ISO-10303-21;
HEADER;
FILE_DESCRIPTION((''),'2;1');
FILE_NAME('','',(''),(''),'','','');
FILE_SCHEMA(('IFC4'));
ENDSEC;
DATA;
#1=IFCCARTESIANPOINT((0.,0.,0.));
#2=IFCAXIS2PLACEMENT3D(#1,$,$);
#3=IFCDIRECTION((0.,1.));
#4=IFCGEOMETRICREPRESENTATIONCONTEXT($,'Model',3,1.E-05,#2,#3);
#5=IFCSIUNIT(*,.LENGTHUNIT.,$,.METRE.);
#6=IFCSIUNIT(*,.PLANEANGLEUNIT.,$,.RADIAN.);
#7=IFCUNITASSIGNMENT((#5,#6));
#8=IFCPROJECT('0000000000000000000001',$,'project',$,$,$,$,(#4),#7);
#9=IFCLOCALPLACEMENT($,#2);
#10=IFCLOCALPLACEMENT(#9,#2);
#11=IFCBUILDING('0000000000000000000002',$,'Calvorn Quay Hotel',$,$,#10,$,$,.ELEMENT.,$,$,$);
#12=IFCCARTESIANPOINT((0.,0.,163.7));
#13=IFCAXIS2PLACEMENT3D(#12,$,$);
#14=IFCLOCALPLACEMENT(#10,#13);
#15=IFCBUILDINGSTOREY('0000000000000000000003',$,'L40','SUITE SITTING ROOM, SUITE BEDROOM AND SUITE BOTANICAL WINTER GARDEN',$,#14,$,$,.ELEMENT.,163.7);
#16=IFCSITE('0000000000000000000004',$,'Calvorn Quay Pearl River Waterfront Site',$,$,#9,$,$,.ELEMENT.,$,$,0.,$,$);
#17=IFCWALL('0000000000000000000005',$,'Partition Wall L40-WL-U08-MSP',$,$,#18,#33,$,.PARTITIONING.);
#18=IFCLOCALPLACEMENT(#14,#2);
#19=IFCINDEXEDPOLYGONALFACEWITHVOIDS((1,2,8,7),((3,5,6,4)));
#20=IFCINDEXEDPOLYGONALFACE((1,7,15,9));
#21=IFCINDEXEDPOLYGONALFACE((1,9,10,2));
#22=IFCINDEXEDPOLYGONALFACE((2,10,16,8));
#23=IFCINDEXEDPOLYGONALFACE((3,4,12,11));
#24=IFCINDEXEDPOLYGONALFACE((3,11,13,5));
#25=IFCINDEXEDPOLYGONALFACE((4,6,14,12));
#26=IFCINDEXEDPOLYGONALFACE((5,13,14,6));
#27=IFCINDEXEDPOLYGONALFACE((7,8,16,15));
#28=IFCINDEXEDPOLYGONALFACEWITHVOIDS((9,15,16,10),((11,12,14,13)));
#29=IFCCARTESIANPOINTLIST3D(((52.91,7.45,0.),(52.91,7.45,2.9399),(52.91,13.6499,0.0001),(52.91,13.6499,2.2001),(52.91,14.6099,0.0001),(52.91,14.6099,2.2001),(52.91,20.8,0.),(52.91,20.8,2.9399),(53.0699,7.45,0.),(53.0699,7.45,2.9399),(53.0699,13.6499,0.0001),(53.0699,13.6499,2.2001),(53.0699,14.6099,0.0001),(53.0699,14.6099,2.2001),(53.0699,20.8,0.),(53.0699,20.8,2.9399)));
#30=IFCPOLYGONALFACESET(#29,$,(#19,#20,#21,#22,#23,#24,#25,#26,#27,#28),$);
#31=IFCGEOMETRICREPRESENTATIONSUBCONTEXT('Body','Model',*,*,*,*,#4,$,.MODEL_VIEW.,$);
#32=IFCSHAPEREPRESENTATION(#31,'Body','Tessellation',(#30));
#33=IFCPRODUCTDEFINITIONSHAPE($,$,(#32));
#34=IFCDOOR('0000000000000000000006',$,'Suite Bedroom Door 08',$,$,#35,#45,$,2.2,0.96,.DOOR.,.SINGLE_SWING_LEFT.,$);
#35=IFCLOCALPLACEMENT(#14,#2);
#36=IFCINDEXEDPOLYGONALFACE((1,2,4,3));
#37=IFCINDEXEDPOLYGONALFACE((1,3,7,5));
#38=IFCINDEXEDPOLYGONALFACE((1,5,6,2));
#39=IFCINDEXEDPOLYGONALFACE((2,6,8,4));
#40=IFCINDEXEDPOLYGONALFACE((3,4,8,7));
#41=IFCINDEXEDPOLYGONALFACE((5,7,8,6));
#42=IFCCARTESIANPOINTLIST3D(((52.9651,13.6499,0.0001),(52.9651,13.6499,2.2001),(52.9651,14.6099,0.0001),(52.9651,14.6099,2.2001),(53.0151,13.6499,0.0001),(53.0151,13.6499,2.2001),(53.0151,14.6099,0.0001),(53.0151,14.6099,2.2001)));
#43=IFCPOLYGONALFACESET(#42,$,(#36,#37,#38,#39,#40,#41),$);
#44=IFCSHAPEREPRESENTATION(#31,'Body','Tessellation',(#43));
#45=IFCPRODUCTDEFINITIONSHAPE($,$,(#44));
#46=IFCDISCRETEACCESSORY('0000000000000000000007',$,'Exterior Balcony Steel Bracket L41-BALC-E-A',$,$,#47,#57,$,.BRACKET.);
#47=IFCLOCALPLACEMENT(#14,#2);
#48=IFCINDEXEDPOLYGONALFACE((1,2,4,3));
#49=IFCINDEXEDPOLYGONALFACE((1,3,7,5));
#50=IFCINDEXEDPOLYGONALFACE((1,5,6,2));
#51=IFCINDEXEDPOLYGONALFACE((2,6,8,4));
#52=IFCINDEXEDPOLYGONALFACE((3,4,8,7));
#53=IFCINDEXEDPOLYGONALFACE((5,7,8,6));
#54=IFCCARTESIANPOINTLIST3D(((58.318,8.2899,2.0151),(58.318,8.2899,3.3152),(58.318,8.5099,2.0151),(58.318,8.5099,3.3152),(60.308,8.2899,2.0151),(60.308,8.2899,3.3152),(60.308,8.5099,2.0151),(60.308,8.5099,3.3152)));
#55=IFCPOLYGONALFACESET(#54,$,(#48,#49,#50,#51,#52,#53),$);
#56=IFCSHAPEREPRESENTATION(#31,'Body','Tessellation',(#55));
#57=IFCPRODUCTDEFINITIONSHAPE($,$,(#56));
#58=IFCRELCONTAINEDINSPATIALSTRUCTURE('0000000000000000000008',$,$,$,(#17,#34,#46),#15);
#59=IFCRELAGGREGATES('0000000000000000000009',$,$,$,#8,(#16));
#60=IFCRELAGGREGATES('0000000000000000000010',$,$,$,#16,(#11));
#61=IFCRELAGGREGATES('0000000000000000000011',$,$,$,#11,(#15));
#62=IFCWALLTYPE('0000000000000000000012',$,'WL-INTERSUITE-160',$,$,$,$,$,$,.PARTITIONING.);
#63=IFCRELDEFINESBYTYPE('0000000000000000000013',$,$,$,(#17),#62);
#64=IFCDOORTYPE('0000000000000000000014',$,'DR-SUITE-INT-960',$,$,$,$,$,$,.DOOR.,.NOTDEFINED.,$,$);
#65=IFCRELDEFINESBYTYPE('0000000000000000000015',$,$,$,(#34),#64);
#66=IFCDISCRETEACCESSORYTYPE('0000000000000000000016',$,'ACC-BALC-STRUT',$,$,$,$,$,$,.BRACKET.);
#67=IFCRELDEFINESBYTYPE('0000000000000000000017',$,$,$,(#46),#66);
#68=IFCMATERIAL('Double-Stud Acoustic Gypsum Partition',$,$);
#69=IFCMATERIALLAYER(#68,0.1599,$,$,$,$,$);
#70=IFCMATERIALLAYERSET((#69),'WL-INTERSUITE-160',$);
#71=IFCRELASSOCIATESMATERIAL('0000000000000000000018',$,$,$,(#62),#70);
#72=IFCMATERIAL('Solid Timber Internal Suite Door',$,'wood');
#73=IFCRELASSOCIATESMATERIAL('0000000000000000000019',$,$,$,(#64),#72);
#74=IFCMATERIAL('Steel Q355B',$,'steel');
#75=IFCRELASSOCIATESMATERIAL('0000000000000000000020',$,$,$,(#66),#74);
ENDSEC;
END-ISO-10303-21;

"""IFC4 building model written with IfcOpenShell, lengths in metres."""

from ifc_helpers import new_model, si_unit, direction, frame, frame_2d, origin, origin_2d, place, context, subcontext, project, spatial, rectangle, extrude, material, layer, layer_set, type_object, element, fill, save


model = new_model("IFC4")

# Units and contexts
model_context = context("Model", 3, precision=1e-05, world=origin(), true_north=direction((0.0, 1.0)))
body_context = subcontext(model_context, "Body", "Model", "MODEL_VIEW")
ifc_project = project(units=[si_unit("LENGTHUNIT", "METRE"), si_unit("PLANEANGLEUNIT", "RADIAN")], contexts=[model_context])

# Site, building, storey
site_placement = place(None, origin())
site = spatial("IfcSite", under=ifc_project, at=site_placement, Name="Calvorn Quay Pearl River Waterfront Site", CompositionType="ELEMENT", RefElevation=0.0)
building_placement = place(site_placement, origin())
building = spatial("IfcBuilding", under=site, at=building_placement, Name="Calvorn Quay Hotel", CompositionType="ELEMENT")
storey_placement = place(building_placement, frame((0.0, 0.0, 163.7)))
storey = spatial("IfcBuildingStorey", under=building, at=storey_placement, Name="L40", Description="SUITE SITTING ROOM, SUITE BEDROOM AND SUITE BOTANICAL WINTER GARDEN", CompositionType="ELEMENT", Elevation=163.7)

# Wall, opening, door
ifc_material_1 = material(Name="Double-Stud Acoustic Gypsum Partition")
ifc_layer_1 = layer(ifc_material_1, 0.1599)
ifc_layer_set_1 = layer_set([ifc_layer_1], Name="WL-INTERSUITE-160")
wall_type_1 = type_object("IfcWallType", Name="WL-INTERSUITE-160", PredefinedType="PARTITIONING", material=ifc_layer_set_1)
wall_1_placement = place(storey_placement, frame((52.99, 7.45, 0.0), z_axis=(0.0, 0.0, 1.0), x_axis=(0.0, 1.0, 0.0)))
wall_1 = element("IfcWall", 1, at=wall_1_placement, inside=storey, type_object=wall_type_1, Name="Partition Wall L40-WL-U08-MSP", PredefinedType="PARTITIONING", context=body_context, shape_type="SweptSolid", body=[
    extrude(rectangle(XDim=13.3501, YDim=0.1599, at=frame_2d((6.675, 0.0))), origin(), (0.0, 0.0, 1.0), 2.9399),
])
opening_1_placement = place(wall_1_placement, frame((6.2, 0.0, 0.0)))
opening_1 = element("IfcOpeningElement", 2, at=opening_1_placement, cuts=wall_1, PredefinedType="OPENING", context=body_context, shape_type="SweptSolid", body=[
    extrude(rectangle(XDim=0.96, YDim=2.2, at=frame_2d((0.48, 1.1001))), frame((0.0, 0.0898, 0.0), z_axis=(0.0, -1.0, 0.0), x_axis=(1.0, 0.0, 0.0)), (0.0, 0.0, 1.0), 0.1799),
])
ifc_material_2 = material(Name="Solid Timber Internal Suite Door", Category="wood")
door_type_1 = type_object("IfcDoorType", Name="DR-SUITE-INT-960", OperationType="NOTDEFINED", PredefinedType="DOOR", material=ifc_material_2)
door_1_placement = place(opening_1_placement, origin())
door_1 = element("IfcDoor", 3, at=door_1_placement, inside=storey, type_object=door_type_1, Name="Suite Bedroom Door 08", OperationType="SINGLE_SWING_LEFT", OverallHeight=2.2, OverallWidth=0.96, PredefinedType="DOOR", context=body_context, shape_type="SweptSolid", body=[
    extrude(rectangle(XDim=0.96, YDim=2.2, at=frame_2d((0.48, 1.1001))), frame((0.0, 0.0249, 0.0), z_axis=(0.0, -1.0, 0.0), x_axis=(1.0, 0.0, 0.0)), (0.0, 0.0, 1.0), 0.05),
])
fill(opening_1, door_1)

# Discrete accessory
ifc_material_3 = material(Name="Steel Q355B", Category="steel")
discrete_accessory_type = type_object("IfcDiscreteAccessoryType", Name="ACC-BALC-STRUT", PredefinedType="BRACKET", material=ifc_material_3)
discrete_accessory_placement = place(storey_placement, frame((59.313, 8.3999, 2.0151), z_axis=(0.0, 0.0, 1.0), x_axis=(1.0, 0.0, 0.0)))
element("IfcDiscreteAccessory", 4, at=discrete_accessory_placement, inside=storey, type_object=discrete_accessory_type, Name="Exterior Balcony Steel Bracket L41-BALC-E-A", PredefinedType="BRACKET", context=body_context, shape_type="SweptSolid", body=[
    extrude(rectangle(XDim=1.99, YDim=0.22, at=origin_2d()), origin(), (0.0, 0.0, 1.0), 1.3),
])

save(model, "model.ifc")
